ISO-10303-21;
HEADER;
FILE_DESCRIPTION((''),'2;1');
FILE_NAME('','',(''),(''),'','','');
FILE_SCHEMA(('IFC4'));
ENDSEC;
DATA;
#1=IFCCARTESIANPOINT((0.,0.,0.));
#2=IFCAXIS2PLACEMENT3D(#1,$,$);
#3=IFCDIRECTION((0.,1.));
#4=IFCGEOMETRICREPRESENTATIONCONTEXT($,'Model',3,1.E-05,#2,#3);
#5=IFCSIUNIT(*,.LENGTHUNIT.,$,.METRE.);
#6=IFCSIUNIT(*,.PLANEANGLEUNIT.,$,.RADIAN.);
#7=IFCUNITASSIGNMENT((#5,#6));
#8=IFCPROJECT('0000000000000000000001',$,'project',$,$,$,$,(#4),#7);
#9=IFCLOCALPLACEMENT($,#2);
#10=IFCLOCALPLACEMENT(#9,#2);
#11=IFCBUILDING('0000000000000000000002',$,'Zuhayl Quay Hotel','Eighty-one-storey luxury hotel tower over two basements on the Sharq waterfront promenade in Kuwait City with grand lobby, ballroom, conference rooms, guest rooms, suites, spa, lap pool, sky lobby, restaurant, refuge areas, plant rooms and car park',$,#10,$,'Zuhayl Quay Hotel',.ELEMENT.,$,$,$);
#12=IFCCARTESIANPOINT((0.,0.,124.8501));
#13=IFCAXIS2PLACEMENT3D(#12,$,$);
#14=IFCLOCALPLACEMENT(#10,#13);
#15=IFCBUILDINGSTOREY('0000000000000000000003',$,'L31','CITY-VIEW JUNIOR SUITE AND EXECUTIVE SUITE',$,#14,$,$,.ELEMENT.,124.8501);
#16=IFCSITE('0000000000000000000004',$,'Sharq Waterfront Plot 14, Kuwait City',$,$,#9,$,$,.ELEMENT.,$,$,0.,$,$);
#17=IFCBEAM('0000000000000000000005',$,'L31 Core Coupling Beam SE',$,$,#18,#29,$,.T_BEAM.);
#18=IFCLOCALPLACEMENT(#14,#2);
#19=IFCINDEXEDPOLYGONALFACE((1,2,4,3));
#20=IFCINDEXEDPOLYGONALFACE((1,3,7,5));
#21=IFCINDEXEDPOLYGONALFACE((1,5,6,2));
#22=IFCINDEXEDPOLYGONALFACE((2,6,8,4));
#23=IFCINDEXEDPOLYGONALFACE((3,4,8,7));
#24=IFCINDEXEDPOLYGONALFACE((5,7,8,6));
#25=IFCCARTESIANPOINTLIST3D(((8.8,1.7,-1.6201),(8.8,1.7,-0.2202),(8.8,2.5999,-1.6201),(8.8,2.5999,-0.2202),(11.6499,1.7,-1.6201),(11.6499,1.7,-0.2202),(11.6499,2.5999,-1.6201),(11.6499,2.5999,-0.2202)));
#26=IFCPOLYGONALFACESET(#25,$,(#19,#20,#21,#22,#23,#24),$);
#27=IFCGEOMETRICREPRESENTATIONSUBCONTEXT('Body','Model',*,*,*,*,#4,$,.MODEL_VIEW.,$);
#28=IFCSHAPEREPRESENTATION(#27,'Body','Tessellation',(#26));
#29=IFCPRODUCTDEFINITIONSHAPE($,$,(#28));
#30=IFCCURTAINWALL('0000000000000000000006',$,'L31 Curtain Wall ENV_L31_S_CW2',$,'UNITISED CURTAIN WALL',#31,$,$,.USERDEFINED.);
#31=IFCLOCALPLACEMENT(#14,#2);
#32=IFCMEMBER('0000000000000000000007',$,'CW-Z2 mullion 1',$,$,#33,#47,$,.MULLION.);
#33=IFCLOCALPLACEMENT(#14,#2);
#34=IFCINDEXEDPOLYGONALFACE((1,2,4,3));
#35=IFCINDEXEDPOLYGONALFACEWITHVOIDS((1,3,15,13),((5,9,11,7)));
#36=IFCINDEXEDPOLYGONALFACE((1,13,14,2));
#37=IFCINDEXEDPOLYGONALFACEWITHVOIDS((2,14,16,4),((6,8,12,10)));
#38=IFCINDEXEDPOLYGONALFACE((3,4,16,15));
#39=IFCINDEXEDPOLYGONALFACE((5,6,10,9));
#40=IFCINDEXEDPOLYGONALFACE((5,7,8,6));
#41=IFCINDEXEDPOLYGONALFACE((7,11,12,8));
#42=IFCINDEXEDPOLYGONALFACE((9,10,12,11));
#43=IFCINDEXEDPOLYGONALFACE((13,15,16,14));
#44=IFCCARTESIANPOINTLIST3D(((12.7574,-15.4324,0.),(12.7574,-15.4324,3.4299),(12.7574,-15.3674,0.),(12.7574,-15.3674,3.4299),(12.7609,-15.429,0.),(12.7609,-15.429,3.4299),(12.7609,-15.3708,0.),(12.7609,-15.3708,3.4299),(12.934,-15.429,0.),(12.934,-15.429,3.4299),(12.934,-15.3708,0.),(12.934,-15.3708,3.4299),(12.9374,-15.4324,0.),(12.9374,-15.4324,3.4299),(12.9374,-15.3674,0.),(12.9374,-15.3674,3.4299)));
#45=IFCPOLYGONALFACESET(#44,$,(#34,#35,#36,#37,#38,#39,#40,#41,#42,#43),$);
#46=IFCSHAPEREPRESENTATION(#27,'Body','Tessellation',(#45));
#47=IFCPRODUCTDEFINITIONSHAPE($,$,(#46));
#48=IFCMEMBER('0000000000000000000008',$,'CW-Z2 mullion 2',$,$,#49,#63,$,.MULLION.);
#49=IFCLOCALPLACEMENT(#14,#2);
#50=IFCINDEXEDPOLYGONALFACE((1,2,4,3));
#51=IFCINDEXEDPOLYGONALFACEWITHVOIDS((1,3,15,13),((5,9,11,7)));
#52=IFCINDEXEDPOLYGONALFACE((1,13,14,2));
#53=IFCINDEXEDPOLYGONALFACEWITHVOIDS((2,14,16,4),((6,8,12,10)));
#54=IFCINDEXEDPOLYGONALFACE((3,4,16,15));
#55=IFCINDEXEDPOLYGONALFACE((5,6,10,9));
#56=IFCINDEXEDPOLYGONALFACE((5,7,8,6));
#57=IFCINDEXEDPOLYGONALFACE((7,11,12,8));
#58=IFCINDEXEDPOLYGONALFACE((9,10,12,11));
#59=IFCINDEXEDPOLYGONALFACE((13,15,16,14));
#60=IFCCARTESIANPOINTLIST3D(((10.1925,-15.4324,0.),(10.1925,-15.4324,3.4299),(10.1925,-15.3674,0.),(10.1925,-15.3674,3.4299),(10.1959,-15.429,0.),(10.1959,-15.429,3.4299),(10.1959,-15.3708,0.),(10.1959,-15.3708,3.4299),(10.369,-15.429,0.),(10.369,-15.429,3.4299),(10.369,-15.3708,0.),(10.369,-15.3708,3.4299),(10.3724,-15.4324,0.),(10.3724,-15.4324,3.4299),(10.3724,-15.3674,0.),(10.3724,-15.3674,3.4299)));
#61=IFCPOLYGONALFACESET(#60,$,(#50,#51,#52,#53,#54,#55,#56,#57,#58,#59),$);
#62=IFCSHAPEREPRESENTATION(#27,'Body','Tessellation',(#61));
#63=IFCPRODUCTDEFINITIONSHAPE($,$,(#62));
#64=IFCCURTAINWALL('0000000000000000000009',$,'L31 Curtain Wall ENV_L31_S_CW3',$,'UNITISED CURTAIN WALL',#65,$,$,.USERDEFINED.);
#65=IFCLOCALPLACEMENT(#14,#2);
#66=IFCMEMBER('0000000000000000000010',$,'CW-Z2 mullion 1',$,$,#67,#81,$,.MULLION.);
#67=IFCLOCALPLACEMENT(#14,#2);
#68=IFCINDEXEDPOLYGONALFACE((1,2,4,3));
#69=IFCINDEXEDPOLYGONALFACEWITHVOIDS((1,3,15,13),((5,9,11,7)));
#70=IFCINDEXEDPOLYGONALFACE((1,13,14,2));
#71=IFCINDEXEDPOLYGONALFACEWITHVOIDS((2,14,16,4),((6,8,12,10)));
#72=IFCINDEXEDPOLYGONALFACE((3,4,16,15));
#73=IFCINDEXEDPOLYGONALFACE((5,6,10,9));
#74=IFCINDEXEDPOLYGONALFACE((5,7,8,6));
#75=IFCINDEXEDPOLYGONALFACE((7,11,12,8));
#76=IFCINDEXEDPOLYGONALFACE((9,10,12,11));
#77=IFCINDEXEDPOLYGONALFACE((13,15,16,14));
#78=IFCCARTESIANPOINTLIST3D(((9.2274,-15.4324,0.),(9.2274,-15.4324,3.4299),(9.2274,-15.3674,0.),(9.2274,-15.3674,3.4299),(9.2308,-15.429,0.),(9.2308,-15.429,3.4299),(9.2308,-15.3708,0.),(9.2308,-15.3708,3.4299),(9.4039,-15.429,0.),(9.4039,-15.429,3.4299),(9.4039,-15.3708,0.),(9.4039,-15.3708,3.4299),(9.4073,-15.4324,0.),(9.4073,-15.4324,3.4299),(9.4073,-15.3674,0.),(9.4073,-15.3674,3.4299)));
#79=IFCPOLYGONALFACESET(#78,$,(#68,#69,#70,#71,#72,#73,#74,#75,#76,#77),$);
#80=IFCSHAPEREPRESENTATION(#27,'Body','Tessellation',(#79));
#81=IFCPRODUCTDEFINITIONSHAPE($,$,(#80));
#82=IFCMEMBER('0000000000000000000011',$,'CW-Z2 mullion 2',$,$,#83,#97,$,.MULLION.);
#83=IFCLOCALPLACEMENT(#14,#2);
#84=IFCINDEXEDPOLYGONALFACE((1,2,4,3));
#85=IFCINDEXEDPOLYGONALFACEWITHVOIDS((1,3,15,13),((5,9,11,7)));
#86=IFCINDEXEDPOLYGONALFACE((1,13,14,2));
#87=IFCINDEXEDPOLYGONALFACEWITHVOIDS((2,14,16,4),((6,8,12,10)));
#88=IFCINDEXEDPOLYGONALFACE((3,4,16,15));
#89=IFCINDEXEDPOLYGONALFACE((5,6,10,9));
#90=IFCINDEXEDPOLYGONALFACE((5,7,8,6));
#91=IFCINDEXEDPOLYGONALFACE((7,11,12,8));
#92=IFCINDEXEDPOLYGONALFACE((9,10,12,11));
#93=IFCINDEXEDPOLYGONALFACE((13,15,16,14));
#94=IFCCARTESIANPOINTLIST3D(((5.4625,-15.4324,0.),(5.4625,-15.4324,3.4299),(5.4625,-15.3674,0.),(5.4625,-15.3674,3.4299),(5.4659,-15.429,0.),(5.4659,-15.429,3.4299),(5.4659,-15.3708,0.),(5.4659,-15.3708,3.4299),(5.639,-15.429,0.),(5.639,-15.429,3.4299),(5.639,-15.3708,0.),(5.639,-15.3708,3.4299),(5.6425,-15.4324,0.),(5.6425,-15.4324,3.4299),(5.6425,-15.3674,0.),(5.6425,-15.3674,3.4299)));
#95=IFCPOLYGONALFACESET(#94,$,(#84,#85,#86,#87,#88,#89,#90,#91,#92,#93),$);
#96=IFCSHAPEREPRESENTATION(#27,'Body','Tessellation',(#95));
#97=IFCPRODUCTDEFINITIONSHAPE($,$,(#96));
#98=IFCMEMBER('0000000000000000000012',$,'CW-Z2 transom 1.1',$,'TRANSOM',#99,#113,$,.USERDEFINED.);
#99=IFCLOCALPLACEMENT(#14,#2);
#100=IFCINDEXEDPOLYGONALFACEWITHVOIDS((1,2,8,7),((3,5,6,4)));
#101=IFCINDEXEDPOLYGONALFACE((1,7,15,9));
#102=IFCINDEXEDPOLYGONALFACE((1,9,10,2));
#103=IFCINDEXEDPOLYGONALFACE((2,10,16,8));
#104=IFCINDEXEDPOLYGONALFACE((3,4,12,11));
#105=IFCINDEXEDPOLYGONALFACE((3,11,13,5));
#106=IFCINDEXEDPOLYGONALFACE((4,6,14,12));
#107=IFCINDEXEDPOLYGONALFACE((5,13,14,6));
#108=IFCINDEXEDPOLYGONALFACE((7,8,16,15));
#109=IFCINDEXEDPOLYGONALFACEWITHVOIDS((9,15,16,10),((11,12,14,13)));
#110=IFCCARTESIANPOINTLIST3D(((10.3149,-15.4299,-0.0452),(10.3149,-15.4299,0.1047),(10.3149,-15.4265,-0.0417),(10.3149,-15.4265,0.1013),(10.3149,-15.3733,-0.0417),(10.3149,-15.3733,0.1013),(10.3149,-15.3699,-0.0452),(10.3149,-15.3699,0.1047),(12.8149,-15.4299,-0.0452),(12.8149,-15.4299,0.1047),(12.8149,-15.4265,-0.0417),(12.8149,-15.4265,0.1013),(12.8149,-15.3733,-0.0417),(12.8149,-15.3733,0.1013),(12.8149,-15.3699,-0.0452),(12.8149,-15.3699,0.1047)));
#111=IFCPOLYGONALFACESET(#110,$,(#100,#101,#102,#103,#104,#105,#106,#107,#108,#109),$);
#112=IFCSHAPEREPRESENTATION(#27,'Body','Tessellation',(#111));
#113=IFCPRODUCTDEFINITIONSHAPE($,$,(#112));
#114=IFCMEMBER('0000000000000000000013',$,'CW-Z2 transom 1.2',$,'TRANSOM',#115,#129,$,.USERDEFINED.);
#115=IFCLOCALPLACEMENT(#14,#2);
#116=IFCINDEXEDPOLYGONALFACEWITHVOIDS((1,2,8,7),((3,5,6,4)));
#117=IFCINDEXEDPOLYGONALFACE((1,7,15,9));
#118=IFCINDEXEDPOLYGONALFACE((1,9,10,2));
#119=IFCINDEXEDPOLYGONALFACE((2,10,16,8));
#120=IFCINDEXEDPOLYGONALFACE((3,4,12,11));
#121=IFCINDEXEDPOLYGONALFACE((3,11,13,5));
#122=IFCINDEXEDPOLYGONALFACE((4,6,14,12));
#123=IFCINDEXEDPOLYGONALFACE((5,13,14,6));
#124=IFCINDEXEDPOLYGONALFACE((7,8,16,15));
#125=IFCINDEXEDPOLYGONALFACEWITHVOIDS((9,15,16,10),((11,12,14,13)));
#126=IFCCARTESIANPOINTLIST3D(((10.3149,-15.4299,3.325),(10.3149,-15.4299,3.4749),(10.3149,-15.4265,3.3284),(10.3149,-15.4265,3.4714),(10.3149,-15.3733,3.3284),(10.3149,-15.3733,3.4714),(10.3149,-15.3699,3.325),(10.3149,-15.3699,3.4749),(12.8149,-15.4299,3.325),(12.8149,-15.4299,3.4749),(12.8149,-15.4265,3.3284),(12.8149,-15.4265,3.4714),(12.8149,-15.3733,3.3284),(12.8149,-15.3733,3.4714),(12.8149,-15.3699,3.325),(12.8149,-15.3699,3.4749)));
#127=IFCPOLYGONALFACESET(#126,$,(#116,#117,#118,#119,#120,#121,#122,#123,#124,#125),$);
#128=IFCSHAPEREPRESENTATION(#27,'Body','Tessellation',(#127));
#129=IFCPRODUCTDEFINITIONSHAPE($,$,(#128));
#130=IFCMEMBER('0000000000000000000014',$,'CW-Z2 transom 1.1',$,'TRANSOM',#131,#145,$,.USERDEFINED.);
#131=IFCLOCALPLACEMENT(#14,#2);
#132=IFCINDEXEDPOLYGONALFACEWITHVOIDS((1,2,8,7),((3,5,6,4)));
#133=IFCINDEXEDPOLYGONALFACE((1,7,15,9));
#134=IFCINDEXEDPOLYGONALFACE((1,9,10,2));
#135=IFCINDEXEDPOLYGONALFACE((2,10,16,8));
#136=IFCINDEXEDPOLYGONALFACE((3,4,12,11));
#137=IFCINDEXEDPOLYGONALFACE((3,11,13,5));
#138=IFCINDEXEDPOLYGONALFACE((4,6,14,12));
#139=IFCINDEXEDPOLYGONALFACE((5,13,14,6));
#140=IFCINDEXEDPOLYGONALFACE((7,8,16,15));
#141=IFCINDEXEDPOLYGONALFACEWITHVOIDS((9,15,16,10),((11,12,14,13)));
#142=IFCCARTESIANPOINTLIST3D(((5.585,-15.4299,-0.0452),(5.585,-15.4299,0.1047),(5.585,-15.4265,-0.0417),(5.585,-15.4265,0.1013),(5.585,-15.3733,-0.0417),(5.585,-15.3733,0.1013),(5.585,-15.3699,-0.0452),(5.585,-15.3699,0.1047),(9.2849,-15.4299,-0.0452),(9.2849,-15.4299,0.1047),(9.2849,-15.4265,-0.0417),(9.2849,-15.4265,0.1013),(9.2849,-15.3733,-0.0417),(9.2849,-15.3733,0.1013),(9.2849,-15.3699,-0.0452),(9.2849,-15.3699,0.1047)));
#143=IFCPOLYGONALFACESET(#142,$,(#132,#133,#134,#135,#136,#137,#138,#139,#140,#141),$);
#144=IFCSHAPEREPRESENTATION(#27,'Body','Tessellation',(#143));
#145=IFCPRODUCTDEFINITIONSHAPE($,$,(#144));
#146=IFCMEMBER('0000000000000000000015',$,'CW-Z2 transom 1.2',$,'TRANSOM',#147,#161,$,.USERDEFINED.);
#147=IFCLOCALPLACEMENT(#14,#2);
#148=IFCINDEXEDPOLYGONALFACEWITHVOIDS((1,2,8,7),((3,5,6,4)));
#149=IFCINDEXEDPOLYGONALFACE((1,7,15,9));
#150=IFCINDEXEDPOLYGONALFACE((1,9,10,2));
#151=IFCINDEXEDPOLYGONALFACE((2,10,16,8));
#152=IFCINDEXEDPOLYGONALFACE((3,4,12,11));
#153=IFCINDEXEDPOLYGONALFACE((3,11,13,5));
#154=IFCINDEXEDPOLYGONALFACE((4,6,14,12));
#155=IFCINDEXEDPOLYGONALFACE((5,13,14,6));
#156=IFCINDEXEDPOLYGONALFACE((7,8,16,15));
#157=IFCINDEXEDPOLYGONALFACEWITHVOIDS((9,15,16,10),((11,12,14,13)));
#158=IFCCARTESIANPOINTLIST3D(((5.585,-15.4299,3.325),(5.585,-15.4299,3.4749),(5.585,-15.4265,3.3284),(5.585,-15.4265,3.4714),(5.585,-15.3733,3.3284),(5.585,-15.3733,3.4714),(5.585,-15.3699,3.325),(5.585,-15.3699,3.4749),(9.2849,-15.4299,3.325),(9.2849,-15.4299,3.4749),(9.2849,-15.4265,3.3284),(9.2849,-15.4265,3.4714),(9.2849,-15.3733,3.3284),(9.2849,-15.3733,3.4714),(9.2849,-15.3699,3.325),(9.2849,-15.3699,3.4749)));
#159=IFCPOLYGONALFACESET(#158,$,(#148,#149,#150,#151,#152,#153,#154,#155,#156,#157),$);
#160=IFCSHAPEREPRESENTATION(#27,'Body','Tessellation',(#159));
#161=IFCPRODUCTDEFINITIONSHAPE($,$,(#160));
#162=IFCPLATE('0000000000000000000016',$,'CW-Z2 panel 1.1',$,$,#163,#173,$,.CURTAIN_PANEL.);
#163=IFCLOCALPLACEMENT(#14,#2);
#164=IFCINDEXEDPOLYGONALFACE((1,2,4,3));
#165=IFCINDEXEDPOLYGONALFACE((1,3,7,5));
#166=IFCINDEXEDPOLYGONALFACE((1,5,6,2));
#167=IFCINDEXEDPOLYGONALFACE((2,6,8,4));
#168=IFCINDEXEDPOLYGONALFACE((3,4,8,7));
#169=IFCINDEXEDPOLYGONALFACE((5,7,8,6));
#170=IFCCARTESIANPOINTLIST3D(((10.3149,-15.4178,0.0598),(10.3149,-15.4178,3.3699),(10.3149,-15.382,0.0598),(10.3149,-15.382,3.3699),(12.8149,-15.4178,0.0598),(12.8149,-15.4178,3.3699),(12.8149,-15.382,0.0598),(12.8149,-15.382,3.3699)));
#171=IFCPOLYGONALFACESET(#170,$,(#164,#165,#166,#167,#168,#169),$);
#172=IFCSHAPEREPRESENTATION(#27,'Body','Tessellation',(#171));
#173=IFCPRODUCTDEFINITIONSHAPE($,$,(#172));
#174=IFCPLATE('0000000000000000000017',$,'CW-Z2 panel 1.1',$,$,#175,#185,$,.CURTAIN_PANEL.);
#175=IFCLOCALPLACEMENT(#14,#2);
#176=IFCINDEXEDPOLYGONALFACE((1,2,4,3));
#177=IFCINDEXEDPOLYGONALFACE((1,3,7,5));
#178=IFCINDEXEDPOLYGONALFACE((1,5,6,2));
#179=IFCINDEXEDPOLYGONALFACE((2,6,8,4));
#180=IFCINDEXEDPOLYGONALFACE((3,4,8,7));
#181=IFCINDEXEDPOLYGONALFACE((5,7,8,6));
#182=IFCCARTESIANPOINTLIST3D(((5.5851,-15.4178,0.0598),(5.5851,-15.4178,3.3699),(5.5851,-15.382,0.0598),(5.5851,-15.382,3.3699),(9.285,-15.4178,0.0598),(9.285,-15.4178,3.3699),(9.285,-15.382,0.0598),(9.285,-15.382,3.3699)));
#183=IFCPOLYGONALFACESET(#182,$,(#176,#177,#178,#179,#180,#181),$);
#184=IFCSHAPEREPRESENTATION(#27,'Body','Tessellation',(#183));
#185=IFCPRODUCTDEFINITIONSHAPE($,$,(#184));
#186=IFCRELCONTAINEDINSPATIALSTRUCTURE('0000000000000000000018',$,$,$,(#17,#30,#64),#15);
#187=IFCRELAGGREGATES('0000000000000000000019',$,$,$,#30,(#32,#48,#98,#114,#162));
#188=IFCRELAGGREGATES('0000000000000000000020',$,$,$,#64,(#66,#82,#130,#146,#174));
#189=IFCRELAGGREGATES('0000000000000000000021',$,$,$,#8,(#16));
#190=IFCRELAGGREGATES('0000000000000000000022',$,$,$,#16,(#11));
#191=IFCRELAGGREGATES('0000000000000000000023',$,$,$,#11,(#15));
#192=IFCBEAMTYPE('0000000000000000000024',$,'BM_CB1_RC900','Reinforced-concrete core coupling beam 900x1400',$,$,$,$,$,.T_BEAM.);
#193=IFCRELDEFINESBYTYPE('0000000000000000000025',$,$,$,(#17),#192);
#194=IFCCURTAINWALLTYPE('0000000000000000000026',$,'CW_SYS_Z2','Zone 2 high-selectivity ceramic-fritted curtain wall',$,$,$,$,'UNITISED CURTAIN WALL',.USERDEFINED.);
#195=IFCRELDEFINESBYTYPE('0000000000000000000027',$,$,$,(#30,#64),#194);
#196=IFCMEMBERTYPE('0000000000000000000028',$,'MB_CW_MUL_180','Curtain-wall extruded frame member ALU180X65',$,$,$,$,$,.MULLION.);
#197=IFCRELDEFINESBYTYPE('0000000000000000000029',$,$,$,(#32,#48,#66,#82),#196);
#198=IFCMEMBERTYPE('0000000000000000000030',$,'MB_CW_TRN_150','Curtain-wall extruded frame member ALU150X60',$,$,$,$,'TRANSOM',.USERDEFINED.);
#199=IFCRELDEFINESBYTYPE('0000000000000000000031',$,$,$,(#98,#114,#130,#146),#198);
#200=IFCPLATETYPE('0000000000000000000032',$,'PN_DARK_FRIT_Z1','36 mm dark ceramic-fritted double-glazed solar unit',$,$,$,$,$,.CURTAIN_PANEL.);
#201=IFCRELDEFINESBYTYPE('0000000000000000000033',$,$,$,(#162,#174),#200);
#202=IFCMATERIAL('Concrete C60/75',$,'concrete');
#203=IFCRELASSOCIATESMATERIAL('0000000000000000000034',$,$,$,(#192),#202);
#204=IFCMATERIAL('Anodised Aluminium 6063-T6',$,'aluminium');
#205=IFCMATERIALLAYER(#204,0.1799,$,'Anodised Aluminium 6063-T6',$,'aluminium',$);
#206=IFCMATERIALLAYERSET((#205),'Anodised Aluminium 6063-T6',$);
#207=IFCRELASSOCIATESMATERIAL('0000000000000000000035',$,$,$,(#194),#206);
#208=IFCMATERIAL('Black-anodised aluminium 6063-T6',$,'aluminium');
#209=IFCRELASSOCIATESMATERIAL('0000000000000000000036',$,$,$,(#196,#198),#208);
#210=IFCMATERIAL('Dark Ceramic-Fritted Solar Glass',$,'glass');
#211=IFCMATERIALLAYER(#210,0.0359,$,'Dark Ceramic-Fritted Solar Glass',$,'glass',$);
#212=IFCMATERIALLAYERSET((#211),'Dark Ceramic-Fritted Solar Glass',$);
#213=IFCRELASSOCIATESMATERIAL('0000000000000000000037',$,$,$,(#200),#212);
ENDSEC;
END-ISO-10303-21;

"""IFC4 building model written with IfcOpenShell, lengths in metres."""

from ifc_helpers import new_model, si_unit, direction, frame, origin, origin_2d, place, context, subcontext, project, spatial, rectangle, hollow_rectangle, extrude, material, layer, layer_set, material_profile, profile_set, type_object, element, aggregate, save


model = new_model("IFC4")

# Units and contexts
model_context = context("Model", 3, precision=1e-05, world=origin(), true_north=direction((0.0, 1.0)))
body_context = subcontext(model_context, "Body", "Model", "MODEL_VIEW")
ifc_project = project(units=[si_unit("LENGTHUNIT", "METRE"), si_unit("PLANEANGLEUNIT", "RADIAN")], contexts=[model_context])

# Site, building, storey
site_placement = place(None, origin())
site = spatial("IfcSite", under=ifc_project, at=site_placement, Name="Sharq Waterfront Plot 14, Kuwait City", CompositionType="ELEMENT", RefElevation=0.0)
building_placement = place(site_placement, origin())
building = spatial("IfcBuilding", under=site, at=building_placement, Name="Zuhayl Quay Hotel", Description="Eighty-one-storey luxury hotel tower over two basements on the Sharq waterfront promenade in Kuwait City with grand lobby, ballroom, conference rooms, guest rooms, suites, spa, lap pool, sky lobby, restaurant, refuge areas, plant rooms and car park", LongName="Zuhayl Quay Hotel", CompositionType="ELEMENT")
storey_placement = place(building_placement, frame((0.0, 0.0, 124.8501)))
storey = spatial("IfcBuildingStorey", under=building, at=storey_placement, Name="L31", Description="CITY-VIEW JUNIOR SUITE AND EXECUTIVE SUITE", CompositionType="ELEMENT", Elevation=124.8501)

# Beam
ifc_material_1 = material(Name="Concrete C60/75", Category="concrete")
ifc_material_profile_1 = material_profile(ifc_material_1, rectangle(XDim=0.8999, YDim=1.3999, at=origin_2d()), Name="RC900X1400")
ifc_profile_set_1 = profile_set([ifc_material_profile_1], Name="Concrete C60/75")
beam_type = type_object("IfcBeamType", Name="BM_CB1_RC900", Description="Reinforced-concrete core coupling beam 900x1400", PredefinedType="T_BEAM", material=ifc_profile_set_1)
beam_placement = place(storey_placement, frame((8.8, 2.1499, -0.9202), z_axis=(1.0, 0.0, 0.0), x_axis=(0.0, 1.0, 0.0)))
element("IfcBeam", 1, at=beam_placement, inside=storey, type_object=beam_type, Name="L31 Core Coupling Beam SE", PredefinedType="T_BEAM", context=body_context, shape_type="SweptSolid", body=[
    extrude(rectangle(XDim=0.8999, YDim=1.3999, at=origin_2d()), origin(), (0.0, 0.0, 1.0), 2.8499),
])

# Curtain walls, members
ifc_material_2 = material(Name="Anodised Aluminium 6063-T6", Category="aluminium")
ifc_layer_1 = layer(ifc_material_2, 0.1799, Name="Anodised Aluminium 6063-T6", Category="aluminium")
ifc_layer_set_1 = layer_set([ifc_layer_1], Name="Anodised Aluminium 6063-T6")
curtain_wall_type = type_object("IfcCurtainWallType", Name="CW_SYS_Z2", Description="Zone 2 high-selectivity ceramic-fritted curtain wall", ElementType="UNITISED CURTAIN WALL", PredefinedType="USERDEFINED", material=ifc_layer_set_1)
curtain_wall_1_placement = place(storey_placement, origin())
curtain_wall_1 = element("IfcCurtainWall", 2, at=curtain_wall_1_placement, inside=storey, type_object=curtain_wall_type, Name="L31 Curtain Wall ENV_L31_S_CW2", ObjectType="UNITISED CURTAIN WALL", PredefinedType="USERDEFINED")
ifc_material_3 = material(Name="Black-anodised aluminium 6063-T6", Category="aluminium")
ifc_material_profile_2 = material_profile(ifc_material_3, hollow_rectangle(XDim=0.0649, YDim=0.1799, WallThickness=0.0034, at=origin_2d()), Name="ALU180X65")
ifc_profile_set_2 = profile_set([ifc_material_profile_2], Name="Black-anodised aluminium 6063-T6")
member_type_1 = type_object("IfcMemberType", Name="MB_CW_MUL_180", Description="Curtain-wall extruded frame member ALU180X65", PredefinedType="MULLION", material=ifc_profile_set_2)
member_1_placement = place(storey_placement, frame((12.8474, -15.3999, 0.0), z_axis=(0.0, 0.0, 1.0), x_axis=(0.0, -1.0, 0.0)))
member_1 = element("IfcMember", 3, at=member_1_placement, type_object=member_type_1, Name="CW-Z2 mullion 1", PredefinedType="MULLION", context=body_context, shape_type="SweptSolid", body=[
    extrude(hollow_rectangle(XDim=0.0649, YDim=0.1799, WallThickness=0.0034, at=origin_2d()), origin(), (0.0, 0.0, 1.0), 3.4299),
])
member_2_placement = place(storey_placement, frame((10.2825, -15.3999, 0.0), z_axis=(0.0, 0.0, 1.0), x_axis=(0.0, -1.0, 0.0)))
member_2 = element("IfcMember", 4, at=member_2_placement, type_object=member_type_1, Name="CW-Z2 mullion 2", PredefinedType="MULLION", context=body_context, shape_type="SweptSolid", body=[
    extrude(hollow_rectangle(XDim=0.0649, YDim=0.1799, WallThickness=0.0034, at=origin_2d()), origin(), (0.0, 0.0, 1.0), 3.4299),
])
curtain_wall_2_placement = place(storey_placement, origin())
curtain_wall_2 = element("IfcCurtainWall", 5, at=curtain_wall_2_placement, inside=storey, type_object=curtain_wall_type, Name="L31 Curtain Wall ENV_L31_S_CW3", ObjectType="UNITISED CURTAIN WALL", PredefinedType="USERDEFINED")
member_3_placement = place(storey_placement, frame((9.3174, -15.3999, 0.0), z_axis=(0.0, 0.0, 1.0), x_axis=(0.0, -1.0, 0.0)))
member_3 = element("IfcMember", 6, at=member_3_placement, type_object=member_type_1, Name="CW-Z2 mullion 1", PredefinedType="MULLION", context=body_context, shape_type="SweptSolid", body=[
    extrude(hollow_rectangle(XDim=0.0649, YDim=0.1799, WallThickness=0.0034, at=origin_2d()), origin(), (0.0, 0.0, 1.0), 3.4299),
])
member_4_placement = place(storey_placement, frame((5.5525, -15.3999, 0.0), z_axis=(0.0, 0.0, 1.0), x_axis=(0.0, -1.0, 0.0)))
member_4 = element("IfcMember", 7, at=member_4_placement, type_object=member_type_1, Name="CW-Z2 mullion 2", PredefinedType="MULLION", context=body_context, shape_type="SweptSolid", body=[
    extrude(hollow_rectangle(XDim=0.0649, YDim=0.1799, WallThickness=0.0034, at=origin_2d()), origin(), (0.0, 0.0, 1.0), 3.4299),
])

# Members
ifc_material_profile_3 = material_profile(ifc_material_3, hollow_rectangle(XDim=0.0601, YDim=0.1499, WallThickness=0.0034, at=origin_2d()), Name="ALU150X60")
ifc_profile_set_3 = profile_set([ifc_material_profile_3], Name="Black-anodised aluminium 6063-T6")
member_type_2 = type_object("IfcMemberType", Name="MB_CW_TRN_150", Description="Curtain-wall extruded frame member ALU150X60", ElementType="TRANSOM", PredefinedType="USERDEFINED", material=ifc_profile_set_3)
member_5_placement = place(storey_placement, frame((12.8149, -15.3999, 0.0298), z_axis=(-1.0, 0.0, 0.0), x_axis=(0.0, -1.0, 0.0)))
member_5 = element("IfcMember", 8, at=member_5_placement, type_object=member_type_2, Name="CW-Z2 transom 1.1", ObjectType="TRANSOM", PredefinedType="USERDEFINED", context=body_context, shape_type="SweptSolid", body=[
    extrude(hollow_rectangle(XDim=0.0601, YDim=0.1499, WallThickness=0.0034, at=origin_2d()), origin(), (0.0, 0.0, 1.0), 2.5),
])
member_6_placement = place(storey_placement, frame((12.8149, -15.3999, 3.3999), z_axis=(-1.0, 0.0, 0.0), x_axis=(0.0, -1.0, 0.0)))
member_6 = element("IfcMember", 9, at=member_6_placement, type_object=member_type_2, Name="CW-Z2 transom 1.2", ObjectType="TRANSOM", PredefinedType="USERDEFINED", context=body_context, shape_type="SweptSolid", body=[
    extrude(hollow_rectangle(XDim=0.0601, YDim=0.1499, WallThickness=0.0034, at=origin_2d()), origin(), (0.0, 0.0, 1.0), 2.5),
])
member_7_placement = place(storey_placement, frame((9.2849, -15.3999, 0.0298), z_axis=(-1.0, 0.0, 0.0), x_axis=(0.0, -1.0, 0.0)))
member_7 = element("IfcMember", 10, at=member_7_placement, type_object=member_type_2, Name="CW-Z2 transom 1.1", ObjectType="TRANSOM", PredefinedType="USERDEFINED", context=body_context, shape_type="SweptSolid", body=[
    extrude(hollow_rectangle(XDim=0.0601, YDim=0.1499, WallThickness=0.0034, at=origin_2d()), origin(), (0.0, 0.0, 1.0), 3.7),
])
member_8_placement = place(storey_placement, frame((9.2849, -15.3999, 3.3999), z_axis=(-1.0, 0.0, 0.0), x_axis=(0.0, -1.0, 0.0)))
member_8 = element("IfcMember", 11, at=member_8_placement, type_object=member_type_2, Name="CW-Z2 transom 1.2", ObjectType="TRANSOM", PredefinedType="USERDEFINED", context=body_context, shape_type="SweptSolid", body=[
    extrude(hollow_rectangle(XDim=0.0601, YDim=0.1499, WallThickness=0.0034, at=origin_2d()), origin(), (0.0, 0.0, 1.0), 3.7),
])

# Plates
ifc_material_4 = material(Name="Dark Ceramic-Fritted Solar Glass", Category="glass")
ifc_layer_2 = layer(ifc_material_4, 0.0359, Name="Dark Ceramic-Fritted Solar Glass", Category="glass")
ifc_layer_set_2 = layer_set([ifc_layer_2], Name="Dark Ceramic-Fritted Solar Glass")
plate_type = type_object("IfcPlateType", Name="PN_DARK_FRIT_Z1", Description="36 mm dark ceramic-fritted double-glazed solar unit", PredefinedType="CURTAIN_PANEL", material=ifc_layer_set_2)
plate_1_placement = place(storey_placement, frame((11.5649, -15.3999, 0.0598), z_axis=(0.0, 0.0, 1.0), x_axis=(-1.0, 0.0, 0.0)))
plate_1 = element("IfcPlate", 12, at=plate_1_placement, type_object=plate_type, Name="CW-Z2 panel 1.1", PredefinedType="CURTAIN_PANEL", context=body_context, shape_type="SweptSolid", body=[
    extrude(rectangle(XDim=2.5, YDim=0.0359, at=origin_2d()), origin(), (0.0, 0.0, 1.0), 3.3101),
])
aggregate(curtain_wall_1, [member_1, member_2, member_5, member_6, plate_1])
plate_2_placement = place(storey_placement, frame((7.4351, -15.3999, 0.0598), z_axis=(0.0, 0.0, 1.0), x_axis=(-1.0, 0.0, 0.0)))
plate_2 = element("IfcPlate", 13, at=plate_2_placement, type_object=plate_type, Name="CW-Z2 panel 1.1", PredefinedType="CURTAIN_PANEL", context=body_context, shape_type="SweptSolid", body=[
    extrude(rectangle(XDim=3.7, YDim=0.0359, at=origin_2d()), origin(), (0.0, 0.0, 1.0), 3.3101),
])
aggregate(curtain_wall_2, [member_3, member_4, member_7, member_8, plate_2])

save(model, "model.ifc")
